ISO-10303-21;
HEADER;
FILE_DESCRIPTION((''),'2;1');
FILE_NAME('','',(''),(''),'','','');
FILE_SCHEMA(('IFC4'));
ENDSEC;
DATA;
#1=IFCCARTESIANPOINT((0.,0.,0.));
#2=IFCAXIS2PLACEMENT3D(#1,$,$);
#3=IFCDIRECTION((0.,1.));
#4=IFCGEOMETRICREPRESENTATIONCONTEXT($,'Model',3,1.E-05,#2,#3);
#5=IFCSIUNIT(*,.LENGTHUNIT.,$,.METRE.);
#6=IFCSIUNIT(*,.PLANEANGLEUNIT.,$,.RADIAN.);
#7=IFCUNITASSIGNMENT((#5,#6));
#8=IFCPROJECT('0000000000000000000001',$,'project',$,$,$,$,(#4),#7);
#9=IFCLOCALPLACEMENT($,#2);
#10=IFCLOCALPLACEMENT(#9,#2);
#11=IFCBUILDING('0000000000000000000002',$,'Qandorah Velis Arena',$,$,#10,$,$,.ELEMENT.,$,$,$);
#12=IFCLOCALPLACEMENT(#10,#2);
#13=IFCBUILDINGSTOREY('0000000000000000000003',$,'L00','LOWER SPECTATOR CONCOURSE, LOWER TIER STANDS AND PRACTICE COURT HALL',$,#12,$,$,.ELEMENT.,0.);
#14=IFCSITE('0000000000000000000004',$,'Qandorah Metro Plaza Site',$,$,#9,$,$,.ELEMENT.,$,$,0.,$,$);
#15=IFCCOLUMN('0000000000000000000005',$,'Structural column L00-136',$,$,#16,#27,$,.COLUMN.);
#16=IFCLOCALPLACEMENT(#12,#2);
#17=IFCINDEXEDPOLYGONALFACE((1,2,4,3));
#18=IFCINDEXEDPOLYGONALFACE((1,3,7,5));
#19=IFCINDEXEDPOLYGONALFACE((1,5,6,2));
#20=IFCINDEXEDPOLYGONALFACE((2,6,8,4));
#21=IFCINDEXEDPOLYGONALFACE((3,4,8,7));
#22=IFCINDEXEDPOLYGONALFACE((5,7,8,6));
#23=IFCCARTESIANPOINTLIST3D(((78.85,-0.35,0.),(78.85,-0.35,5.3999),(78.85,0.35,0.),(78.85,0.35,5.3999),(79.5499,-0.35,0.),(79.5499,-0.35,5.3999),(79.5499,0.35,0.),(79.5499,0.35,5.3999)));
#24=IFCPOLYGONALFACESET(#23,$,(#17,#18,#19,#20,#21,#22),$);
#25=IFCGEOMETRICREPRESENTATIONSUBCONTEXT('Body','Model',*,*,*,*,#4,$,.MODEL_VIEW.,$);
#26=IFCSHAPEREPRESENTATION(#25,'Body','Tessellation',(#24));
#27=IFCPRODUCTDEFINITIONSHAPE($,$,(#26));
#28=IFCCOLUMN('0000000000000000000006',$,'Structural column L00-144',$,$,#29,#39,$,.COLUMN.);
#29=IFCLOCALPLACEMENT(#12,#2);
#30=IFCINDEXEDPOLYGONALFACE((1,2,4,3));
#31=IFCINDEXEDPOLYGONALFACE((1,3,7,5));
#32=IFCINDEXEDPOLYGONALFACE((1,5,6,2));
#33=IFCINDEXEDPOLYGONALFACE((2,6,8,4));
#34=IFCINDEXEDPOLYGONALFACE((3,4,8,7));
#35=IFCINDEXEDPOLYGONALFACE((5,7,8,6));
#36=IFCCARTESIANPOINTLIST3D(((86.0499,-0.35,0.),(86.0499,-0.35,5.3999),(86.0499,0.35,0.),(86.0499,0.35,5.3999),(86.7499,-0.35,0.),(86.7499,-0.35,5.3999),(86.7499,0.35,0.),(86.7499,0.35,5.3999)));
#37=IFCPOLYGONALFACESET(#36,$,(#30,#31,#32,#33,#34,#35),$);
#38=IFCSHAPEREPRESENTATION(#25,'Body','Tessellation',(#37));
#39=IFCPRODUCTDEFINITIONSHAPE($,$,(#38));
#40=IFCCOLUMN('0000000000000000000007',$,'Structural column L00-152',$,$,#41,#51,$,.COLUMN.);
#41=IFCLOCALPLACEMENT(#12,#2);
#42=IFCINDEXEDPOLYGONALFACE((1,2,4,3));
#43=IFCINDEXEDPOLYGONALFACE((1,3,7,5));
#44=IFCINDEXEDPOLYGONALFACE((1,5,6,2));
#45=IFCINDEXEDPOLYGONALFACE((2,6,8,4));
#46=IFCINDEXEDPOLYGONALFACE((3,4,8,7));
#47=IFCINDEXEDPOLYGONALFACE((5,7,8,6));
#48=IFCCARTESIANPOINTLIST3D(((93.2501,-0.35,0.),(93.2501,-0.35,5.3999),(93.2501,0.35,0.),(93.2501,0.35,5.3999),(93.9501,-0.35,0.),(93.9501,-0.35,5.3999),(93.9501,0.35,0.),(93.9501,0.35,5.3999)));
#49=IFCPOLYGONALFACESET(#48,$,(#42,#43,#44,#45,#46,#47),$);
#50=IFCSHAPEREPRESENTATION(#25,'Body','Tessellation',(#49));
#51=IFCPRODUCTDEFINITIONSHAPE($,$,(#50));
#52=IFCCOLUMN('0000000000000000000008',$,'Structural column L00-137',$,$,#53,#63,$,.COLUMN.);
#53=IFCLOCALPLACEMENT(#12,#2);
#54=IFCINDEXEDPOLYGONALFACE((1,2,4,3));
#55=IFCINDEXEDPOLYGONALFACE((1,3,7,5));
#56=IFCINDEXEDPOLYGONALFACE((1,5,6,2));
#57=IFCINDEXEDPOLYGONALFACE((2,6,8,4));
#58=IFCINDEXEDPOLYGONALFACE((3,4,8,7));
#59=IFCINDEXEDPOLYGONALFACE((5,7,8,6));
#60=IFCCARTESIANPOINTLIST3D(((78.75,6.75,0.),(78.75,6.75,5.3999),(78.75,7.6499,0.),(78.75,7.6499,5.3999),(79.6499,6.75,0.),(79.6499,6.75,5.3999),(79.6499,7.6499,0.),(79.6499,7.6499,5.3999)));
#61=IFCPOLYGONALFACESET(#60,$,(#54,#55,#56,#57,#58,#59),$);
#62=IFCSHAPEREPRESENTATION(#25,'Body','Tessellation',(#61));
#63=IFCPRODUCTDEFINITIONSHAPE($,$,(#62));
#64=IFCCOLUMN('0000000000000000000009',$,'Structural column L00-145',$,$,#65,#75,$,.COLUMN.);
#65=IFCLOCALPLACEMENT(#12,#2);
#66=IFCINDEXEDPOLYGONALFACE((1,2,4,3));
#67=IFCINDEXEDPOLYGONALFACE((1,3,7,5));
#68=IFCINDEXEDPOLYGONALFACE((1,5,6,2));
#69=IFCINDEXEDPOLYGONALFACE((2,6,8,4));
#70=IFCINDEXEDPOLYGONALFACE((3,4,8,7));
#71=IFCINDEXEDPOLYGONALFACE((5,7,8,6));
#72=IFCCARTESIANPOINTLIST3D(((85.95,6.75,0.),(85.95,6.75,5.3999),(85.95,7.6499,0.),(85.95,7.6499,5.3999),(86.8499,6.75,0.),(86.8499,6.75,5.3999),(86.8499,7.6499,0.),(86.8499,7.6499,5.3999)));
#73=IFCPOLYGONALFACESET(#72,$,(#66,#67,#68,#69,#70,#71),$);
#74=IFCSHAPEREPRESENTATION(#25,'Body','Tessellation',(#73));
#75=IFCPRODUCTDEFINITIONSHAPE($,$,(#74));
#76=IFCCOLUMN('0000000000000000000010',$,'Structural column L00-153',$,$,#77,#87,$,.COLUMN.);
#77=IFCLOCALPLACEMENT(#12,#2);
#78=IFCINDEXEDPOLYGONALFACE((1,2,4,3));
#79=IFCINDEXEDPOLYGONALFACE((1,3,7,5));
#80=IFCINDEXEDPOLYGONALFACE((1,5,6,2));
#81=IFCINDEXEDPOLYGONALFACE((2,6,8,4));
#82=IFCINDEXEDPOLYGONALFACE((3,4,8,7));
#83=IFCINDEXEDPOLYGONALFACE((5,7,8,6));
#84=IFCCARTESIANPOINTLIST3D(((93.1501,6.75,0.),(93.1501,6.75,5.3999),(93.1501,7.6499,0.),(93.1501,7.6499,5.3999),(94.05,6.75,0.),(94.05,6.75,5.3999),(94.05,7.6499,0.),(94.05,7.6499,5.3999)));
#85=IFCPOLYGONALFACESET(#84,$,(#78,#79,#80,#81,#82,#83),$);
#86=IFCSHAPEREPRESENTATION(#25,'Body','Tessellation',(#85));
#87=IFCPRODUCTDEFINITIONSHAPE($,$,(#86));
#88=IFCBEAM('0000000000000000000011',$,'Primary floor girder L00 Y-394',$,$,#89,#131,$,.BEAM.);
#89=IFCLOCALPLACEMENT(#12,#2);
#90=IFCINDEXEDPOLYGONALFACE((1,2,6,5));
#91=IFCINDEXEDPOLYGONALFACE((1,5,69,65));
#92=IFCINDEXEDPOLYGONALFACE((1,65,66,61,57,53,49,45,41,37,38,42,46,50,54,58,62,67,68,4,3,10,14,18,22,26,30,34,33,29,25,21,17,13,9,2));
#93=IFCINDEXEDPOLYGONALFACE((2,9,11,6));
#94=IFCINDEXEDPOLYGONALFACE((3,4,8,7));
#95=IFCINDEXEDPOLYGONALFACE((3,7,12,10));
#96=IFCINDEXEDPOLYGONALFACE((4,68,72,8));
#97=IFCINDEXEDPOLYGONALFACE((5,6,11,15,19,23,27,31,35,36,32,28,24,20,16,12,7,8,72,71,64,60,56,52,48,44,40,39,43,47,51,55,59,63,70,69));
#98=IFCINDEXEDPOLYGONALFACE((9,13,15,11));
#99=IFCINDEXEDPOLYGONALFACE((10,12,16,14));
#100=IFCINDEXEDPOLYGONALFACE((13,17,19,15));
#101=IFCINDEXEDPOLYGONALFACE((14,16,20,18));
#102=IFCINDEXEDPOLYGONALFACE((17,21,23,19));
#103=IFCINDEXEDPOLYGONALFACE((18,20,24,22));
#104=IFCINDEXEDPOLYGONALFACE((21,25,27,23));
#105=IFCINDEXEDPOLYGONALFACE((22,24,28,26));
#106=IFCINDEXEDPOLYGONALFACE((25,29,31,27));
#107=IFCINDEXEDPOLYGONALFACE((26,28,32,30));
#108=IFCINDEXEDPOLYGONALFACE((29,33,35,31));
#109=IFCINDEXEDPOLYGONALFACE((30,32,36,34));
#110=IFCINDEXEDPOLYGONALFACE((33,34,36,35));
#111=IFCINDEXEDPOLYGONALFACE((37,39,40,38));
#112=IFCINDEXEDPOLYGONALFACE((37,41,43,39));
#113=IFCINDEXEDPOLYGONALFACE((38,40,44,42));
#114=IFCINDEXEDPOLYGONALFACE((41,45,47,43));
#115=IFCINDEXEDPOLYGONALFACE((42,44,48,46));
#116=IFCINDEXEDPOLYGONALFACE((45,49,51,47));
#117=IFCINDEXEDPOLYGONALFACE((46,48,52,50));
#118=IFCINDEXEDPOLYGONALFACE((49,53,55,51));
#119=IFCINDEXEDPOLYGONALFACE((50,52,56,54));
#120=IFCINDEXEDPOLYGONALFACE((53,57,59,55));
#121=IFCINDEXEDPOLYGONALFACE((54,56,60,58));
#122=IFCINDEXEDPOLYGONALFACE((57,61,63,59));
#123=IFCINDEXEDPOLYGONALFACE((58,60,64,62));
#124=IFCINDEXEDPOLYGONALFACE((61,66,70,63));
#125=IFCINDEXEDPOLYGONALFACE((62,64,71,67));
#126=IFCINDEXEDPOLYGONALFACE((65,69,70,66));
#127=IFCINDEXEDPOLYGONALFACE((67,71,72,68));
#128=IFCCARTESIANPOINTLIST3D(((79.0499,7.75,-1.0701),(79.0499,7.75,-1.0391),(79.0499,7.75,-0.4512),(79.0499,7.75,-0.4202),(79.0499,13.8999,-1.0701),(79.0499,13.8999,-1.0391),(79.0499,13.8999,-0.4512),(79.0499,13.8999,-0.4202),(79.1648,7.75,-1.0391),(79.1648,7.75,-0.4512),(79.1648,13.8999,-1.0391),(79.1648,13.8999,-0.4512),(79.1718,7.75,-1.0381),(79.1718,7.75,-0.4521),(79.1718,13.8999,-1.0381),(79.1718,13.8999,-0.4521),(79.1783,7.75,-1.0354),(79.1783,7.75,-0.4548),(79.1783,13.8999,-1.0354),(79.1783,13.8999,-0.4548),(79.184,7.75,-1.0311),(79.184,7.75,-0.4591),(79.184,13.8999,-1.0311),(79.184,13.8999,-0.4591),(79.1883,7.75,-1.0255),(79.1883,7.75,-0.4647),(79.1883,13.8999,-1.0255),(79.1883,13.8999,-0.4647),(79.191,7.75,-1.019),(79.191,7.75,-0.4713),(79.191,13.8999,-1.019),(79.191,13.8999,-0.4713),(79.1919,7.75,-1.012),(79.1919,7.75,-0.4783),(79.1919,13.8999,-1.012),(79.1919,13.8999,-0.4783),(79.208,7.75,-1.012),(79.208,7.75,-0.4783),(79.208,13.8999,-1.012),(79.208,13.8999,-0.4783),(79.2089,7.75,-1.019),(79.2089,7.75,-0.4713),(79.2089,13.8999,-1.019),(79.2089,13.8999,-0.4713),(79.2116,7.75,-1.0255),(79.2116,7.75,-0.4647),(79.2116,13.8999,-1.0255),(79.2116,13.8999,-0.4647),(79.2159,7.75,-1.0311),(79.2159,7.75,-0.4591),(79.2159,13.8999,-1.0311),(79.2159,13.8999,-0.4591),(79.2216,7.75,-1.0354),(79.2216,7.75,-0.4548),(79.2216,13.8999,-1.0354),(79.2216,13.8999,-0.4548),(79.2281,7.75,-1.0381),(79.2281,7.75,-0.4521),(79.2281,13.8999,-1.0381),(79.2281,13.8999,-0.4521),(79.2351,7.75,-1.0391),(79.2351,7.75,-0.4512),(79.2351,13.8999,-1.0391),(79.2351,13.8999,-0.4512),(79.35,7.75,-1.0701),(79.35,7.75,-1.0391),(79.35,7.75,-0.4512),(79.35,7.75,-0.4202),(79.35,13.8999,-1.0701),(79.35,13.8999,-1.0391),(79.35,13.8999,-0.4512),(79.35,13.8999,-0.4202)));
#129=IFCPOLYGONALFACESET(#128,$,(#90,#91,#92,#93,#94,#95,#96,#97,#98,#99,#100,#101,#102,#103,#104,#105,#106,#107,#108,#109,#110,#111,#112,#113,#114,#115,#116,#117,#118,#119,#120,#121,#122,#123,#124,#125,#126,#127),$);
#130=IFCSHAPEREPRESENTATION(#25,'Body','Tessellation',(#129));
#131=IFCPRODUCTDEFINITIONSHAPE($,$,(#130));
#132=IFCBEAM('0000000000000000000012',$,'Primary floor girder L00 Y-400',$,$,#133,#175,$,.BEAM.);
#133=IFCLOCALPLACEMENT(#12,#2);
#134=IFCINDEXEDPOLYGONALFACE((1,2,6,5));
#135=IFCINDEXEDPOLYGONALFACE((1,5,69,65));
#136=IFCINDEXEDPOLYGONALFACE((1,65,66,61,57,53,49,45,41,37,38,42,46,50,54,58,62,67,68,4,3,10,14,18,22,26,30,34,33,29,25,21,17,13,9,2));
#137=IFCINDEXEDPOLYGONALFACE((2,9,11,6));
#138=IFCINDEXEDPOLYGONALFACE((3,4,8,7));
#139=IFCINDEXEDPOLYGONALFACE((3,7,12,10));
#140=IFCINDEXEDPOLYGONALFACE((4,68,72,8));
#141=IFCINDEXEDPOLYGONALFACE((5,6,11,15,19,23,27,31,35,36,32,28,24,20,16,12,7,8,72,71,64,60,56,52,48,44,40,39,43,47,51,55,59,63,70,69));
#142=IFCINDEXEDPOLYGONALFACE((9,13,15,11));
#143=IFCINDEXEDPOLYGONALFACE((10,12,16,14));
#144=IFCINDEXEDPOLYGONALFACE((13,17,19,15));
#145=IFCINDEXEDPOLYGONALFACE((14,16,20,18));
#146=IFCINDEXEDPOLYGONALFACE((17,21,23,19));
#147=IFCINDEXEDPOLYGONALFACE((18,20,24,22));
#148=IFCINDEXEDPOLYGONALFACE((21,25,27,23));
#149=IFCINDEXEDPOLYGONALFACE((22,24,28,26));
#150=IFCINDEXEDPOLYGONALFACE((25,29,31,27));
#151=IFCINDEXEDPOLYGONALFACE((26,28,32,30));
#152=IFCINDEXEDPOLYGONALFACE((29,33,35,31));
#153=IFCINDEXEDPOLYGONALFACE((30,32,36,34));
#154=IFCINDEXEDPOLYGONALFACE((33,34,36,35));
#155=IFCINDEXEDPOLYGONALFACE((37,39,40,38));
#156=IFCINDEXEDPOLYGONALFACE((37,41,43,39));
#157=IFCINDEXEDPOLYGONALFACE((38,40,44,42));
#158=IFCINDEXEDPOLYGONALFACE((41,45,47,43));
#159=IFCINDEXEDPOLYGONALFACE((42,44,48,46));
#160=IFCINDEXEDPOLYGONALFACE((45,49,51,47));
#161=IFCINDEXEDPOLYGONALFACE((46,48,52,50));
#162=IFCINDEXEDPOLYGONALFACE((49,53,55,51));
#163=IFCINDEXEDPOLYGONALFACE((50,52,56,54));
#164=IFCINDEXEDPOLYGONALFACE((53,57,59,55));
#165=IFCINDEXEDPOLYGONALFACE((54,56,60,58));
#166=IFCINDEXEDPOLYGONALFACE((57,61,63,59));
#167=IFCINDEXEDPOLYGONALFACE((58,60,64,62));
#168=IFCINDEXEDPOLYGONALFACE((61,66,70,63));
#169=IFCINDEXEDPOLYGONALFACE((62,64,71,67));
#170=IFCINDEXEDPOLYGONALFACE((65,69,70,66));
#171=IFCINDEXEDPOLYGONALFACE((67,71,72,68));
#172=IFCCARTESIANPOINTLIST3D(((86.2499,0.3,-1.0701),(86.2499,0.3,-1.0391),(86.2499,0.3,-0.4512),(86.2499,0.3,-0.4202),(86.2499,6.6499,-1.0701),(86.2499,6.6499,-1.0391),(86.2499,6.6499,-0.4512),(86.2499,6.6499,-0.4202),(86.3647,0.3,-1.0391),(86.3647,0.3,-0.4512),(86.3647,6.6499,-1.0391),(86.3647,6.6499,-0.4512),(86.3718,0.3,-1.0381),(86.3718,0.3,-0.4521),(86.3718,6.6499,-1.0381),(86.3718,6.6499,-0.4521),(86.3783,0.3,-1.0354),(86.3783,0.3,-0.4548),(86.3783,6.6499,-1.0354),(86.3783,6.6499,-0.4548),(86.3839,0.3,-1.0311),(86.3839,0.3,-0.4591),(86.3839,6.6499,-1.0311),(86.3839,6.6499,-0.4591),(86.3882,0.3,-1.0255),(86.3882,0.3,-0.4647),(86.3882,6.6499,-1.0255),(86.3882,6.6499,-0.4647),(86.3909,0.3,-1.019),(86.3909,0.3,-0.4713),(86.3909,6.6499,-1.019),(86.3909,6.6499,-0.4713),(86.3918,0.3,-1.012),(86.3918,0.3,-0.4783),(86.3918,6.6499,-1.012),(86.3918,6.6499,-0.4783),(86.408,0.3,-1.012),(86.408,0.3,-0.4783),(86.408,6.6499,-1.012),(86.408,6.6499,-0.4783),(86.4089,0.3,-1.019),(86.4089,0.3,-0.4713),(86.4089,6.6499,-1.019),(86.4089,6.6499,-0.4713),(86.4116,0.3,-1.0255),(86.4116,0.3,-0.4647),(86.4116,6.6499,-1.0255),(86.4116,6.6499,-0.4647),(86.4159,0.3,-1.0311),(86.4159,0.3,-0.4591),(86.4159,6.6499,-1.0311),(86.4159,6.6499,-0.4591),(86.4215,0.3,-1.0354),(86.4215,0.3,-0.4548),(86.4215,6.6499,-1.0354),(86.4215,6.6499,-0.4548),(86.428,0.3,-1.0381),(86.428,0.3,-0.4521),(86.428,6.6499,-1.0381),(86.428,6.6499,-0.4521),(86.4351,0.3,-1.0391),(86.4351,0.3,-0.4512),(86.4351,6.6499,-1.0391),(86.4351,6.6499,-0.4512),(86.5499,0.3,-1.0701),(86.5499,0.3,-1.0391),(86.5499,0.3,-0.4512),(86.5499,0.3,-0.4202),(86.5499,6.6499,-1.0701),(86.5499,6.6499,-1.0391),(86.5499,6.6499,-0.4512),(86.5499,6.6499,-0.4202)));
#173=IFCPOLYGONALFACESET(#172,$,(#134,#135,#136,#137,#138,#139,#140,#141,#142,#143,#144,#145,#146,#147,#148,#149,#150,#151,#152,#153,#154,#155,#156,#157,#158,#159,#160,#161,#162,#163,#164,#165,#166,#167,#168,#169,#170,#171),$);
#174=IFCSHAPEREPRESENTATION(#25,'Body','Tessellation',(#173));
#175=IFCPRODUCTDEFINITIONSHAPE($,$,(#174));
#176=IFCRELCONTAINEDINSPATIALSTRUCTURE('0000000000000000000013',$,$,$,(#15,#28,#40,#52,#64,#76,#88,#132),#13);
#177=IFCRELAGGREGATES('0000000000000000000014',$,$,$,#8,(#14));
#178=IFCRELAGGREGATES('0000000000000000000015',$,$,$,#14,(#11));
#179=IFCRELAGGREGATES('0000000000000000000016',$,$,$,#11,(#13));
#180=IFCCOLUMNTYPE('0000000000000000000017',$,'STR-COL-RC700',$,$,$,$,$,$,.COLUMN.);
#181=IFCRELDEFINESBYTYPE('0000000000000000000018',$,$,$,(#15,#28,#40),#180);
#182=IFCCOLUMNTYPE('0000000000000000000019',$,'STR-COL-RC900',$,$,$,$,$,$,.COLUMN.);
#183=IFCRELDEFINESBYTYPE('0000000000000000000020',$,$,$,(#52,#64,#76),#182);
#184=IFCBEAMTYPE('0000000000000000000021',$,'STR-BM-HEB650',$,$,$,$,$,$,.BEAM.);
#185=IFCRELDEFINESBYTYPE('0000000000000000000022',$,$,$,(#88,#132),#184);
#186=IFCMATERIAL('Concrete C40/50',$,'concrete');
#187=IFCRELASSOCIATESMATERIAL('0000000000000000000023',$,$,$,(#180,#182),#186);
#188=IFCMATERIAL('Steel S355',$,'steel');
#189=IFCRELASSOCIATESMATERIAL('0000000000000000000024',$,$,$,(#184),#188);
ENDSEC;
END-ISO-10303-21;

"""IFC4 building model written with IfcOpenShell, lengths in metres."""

from ifc_helpers import new_model, si_unit, direction, frame, origin, origin_2d, place, context, subcontext, project, spatial, rectangle, i_section, extrude, material, material_profile, profile_set, type_object, element, save


model = new_model("IFC4")

# Units and contexts
model_context = context("Model", 3, precision=1e-05, world=origin(), true_north=direction((0.0, 1.0)))
body_context = subcontext(model_context, "Body", "Model", "MODEL_VIEW")
ifc_project = project(units=[si_unit("LENGTHUNIT", "METRE"), si_unit("PLANEANGLEUNIT", "RADIAN")], contexts=[model_context])

# Site, building, storey
site_placement = place(None, origin())
site = spatial("IfcSite", under=ifc_project, at=site_placement, Name="Qandorah Metro Plaza Site", CompositionType="ELEMENT", RefElevation=0.0)
building_placement = place(site_placement, origin())
building = spatial("IfcBuilding", under=site, at=building_placement, Name="Qandorah Velis Arena", CompositionType="ELEMENT")
storey_placement = place(building_placement, origin())
storey = spatial("IfcBuildingStorey", under=building, at=storey_placement, Name="L00", Description="LOWER SPECTATOR CONCOURSE, LOWER TIER STANDS AND PRACTICE COURT HALL", CompositionType="ELEMENT", Elevation=0.0)

# Columns
ifc_material_1 = material(Name="Concrete C40/50", Category="concrete")
ifc_material_profile_1 = material_profile(ifc_material_1, rectangle(XDim=0.7, YDim=0.7, at=origin_2d()), Name="RC COL 700x700")
ifc_profile_set_1 = profile_set([ifc_material_profile_1], Name="Concrete C40/50")
column_type_1 = type_object("IfcColumnType", Name="STR-COL-RC700", PredefinedType="COLUMN", material=ifc_profile_set_1)
for number, where, z_axis, x_axis, name in (
    (1, (79.2, 0.0, 0.0), (0.0, 0.0, 1.0), (1.0, 0.0, 0.0), "Structural column L00-136"),
    (2, (86.3999, 0.0, 0.0), (0.0, 0.0, 1.0), (1.0, 0.0, 0.0), "Structural column L00-144"),
    (3, (93.6001, 0.0, 0.0), (0.0, 0.0, 1.0), (1.0, 0.0, 0.0), "Structural column L00-152"),
):
    element("IfcColumn", number, at=place(storey_placement, frame(where, z_axis=z_axis, x_axis=x_axis)), inside=storey, type_object=column_type_1, Name=name, PredefinedType="COLUMN", context=body_context, shape_type="SweptSolid", body=[
        extrude(rectangle(XDim=0.7, YDim=0.7, at=origin_2d()), origin(), (0.0, 0.0, 1.0), 5.3999),
    ])
ifc_material_profile_2 = material_profile(ifc_material_1, rectangle(XDim=0.8999, YDim=0.8999, at=origin_2d()), Name="RC COL 900x900")
ifc_profile_set_2 = profile_set([ifc_material_profile_2], Name="Concrete C40/50")
column_type_2 = type_object("IfcColumnType", Name="STR-COL-RC900", PredefinedType="COLUMN", material=ifc_profile_set_2)
for number, where, z_axis, x_axis, name in (
    (4, (79.2, 7.2, 0.0), (0.0, 0.0, 1.0), (1.0, 0.0, 0.0), "Structural column L00-137"),
    (5, (86.3999, 7.2, 0.0), (0.0, 0.0, 1.0), (1.0, 0.0, 0.0), "Structural column L00-145"),
    (6, (93.6001, 7.2, 0.0), (0.0, 0.0, 1.0), (1.0, 0.0, 0.0), "Structural column L00-153"),
):
    element("IfcColumn", number, at=place(storey_placement, frame(where, z_axis=z_axis, x_axis=x_axis)), inside=storey, type_object=column_type_2, Name=name, PredefinedType="COLUMN", context=body_context, shape_type="SweptSolid", body=[
        extrude(rectangle(XDim=0.8999, YDim=0.8999, at=origin_2d()), origin(), (0.0, 0.0, 1.0), 5.3999),
    ])

# Beams
ifc_material_2 = material(Name="Steel S355", Category="steel")
ifc_material_profile_3 = material_profile(ifc_material_2, i_section(OverallWidth=0.3, OverallDepth=0.6499, WebThickness=0.0161, FlangeThickness=0.031, FilletRadius=0.0271, at=origin_2d()), Name="HEB 650")
ifc_profile_set_3 = profile_set([ifc_material_profile_3], Name="Steel S355")
beam_type_1 = type_object("IfcBeamType", Name="STR-BM-HEB650", PredefinedType="BEAM", material=ifc_profile_set_3)
beam_1_placement = place(storey_placement, frame((79.2, 7.75, -0.7451), z_axis=(0.0, 1.0, 0.0), x_axis=(-1.0, 0.0, 0.0)))
element("IfcBeam", 7, at=beam_1_placement, inside=storey, type_object=beam_type_1, Name="Primary floor girder L00 Y-394", PredefinedType="BEAM", context=body_context, shape_type="SweptSolid", body=[
    extrude(i_section(OverallWidth=0.3, OverallDepth=0.6499, WebThickness=0.0161, FlangeThickness=0.031, FilletRadius=0.0271, at=origin_2d()), origin(), (0.0, 0.0, 1.0), 6.1499),
])
beam_2_placement = place(storey_placement, frame((86.3999, 0.3, -0.7451), z_axis=(0.0, 1.0, 0.0), x_axis=(-1.0, 0.0, 0.0)))
element("IfcBeam", 8, at=beam_2_placement, inside=storey, type_object=beam_type_1, Name="Primary floor girder L00 Y-400", PredefinedType="BEAM", context=body_context, shape_type="SweptSolid", body=[
    extrude(i_section(OverallWidth=0.3, OverallDepth=0.6499, WebThickness=0.0161, FlangeThickness=0.031, FilletRadius=0.0271, at=origin_2d()), origin(), (0.0, 0.0, 1.0), 6.3499),
])

save(model, "model.ifc")
